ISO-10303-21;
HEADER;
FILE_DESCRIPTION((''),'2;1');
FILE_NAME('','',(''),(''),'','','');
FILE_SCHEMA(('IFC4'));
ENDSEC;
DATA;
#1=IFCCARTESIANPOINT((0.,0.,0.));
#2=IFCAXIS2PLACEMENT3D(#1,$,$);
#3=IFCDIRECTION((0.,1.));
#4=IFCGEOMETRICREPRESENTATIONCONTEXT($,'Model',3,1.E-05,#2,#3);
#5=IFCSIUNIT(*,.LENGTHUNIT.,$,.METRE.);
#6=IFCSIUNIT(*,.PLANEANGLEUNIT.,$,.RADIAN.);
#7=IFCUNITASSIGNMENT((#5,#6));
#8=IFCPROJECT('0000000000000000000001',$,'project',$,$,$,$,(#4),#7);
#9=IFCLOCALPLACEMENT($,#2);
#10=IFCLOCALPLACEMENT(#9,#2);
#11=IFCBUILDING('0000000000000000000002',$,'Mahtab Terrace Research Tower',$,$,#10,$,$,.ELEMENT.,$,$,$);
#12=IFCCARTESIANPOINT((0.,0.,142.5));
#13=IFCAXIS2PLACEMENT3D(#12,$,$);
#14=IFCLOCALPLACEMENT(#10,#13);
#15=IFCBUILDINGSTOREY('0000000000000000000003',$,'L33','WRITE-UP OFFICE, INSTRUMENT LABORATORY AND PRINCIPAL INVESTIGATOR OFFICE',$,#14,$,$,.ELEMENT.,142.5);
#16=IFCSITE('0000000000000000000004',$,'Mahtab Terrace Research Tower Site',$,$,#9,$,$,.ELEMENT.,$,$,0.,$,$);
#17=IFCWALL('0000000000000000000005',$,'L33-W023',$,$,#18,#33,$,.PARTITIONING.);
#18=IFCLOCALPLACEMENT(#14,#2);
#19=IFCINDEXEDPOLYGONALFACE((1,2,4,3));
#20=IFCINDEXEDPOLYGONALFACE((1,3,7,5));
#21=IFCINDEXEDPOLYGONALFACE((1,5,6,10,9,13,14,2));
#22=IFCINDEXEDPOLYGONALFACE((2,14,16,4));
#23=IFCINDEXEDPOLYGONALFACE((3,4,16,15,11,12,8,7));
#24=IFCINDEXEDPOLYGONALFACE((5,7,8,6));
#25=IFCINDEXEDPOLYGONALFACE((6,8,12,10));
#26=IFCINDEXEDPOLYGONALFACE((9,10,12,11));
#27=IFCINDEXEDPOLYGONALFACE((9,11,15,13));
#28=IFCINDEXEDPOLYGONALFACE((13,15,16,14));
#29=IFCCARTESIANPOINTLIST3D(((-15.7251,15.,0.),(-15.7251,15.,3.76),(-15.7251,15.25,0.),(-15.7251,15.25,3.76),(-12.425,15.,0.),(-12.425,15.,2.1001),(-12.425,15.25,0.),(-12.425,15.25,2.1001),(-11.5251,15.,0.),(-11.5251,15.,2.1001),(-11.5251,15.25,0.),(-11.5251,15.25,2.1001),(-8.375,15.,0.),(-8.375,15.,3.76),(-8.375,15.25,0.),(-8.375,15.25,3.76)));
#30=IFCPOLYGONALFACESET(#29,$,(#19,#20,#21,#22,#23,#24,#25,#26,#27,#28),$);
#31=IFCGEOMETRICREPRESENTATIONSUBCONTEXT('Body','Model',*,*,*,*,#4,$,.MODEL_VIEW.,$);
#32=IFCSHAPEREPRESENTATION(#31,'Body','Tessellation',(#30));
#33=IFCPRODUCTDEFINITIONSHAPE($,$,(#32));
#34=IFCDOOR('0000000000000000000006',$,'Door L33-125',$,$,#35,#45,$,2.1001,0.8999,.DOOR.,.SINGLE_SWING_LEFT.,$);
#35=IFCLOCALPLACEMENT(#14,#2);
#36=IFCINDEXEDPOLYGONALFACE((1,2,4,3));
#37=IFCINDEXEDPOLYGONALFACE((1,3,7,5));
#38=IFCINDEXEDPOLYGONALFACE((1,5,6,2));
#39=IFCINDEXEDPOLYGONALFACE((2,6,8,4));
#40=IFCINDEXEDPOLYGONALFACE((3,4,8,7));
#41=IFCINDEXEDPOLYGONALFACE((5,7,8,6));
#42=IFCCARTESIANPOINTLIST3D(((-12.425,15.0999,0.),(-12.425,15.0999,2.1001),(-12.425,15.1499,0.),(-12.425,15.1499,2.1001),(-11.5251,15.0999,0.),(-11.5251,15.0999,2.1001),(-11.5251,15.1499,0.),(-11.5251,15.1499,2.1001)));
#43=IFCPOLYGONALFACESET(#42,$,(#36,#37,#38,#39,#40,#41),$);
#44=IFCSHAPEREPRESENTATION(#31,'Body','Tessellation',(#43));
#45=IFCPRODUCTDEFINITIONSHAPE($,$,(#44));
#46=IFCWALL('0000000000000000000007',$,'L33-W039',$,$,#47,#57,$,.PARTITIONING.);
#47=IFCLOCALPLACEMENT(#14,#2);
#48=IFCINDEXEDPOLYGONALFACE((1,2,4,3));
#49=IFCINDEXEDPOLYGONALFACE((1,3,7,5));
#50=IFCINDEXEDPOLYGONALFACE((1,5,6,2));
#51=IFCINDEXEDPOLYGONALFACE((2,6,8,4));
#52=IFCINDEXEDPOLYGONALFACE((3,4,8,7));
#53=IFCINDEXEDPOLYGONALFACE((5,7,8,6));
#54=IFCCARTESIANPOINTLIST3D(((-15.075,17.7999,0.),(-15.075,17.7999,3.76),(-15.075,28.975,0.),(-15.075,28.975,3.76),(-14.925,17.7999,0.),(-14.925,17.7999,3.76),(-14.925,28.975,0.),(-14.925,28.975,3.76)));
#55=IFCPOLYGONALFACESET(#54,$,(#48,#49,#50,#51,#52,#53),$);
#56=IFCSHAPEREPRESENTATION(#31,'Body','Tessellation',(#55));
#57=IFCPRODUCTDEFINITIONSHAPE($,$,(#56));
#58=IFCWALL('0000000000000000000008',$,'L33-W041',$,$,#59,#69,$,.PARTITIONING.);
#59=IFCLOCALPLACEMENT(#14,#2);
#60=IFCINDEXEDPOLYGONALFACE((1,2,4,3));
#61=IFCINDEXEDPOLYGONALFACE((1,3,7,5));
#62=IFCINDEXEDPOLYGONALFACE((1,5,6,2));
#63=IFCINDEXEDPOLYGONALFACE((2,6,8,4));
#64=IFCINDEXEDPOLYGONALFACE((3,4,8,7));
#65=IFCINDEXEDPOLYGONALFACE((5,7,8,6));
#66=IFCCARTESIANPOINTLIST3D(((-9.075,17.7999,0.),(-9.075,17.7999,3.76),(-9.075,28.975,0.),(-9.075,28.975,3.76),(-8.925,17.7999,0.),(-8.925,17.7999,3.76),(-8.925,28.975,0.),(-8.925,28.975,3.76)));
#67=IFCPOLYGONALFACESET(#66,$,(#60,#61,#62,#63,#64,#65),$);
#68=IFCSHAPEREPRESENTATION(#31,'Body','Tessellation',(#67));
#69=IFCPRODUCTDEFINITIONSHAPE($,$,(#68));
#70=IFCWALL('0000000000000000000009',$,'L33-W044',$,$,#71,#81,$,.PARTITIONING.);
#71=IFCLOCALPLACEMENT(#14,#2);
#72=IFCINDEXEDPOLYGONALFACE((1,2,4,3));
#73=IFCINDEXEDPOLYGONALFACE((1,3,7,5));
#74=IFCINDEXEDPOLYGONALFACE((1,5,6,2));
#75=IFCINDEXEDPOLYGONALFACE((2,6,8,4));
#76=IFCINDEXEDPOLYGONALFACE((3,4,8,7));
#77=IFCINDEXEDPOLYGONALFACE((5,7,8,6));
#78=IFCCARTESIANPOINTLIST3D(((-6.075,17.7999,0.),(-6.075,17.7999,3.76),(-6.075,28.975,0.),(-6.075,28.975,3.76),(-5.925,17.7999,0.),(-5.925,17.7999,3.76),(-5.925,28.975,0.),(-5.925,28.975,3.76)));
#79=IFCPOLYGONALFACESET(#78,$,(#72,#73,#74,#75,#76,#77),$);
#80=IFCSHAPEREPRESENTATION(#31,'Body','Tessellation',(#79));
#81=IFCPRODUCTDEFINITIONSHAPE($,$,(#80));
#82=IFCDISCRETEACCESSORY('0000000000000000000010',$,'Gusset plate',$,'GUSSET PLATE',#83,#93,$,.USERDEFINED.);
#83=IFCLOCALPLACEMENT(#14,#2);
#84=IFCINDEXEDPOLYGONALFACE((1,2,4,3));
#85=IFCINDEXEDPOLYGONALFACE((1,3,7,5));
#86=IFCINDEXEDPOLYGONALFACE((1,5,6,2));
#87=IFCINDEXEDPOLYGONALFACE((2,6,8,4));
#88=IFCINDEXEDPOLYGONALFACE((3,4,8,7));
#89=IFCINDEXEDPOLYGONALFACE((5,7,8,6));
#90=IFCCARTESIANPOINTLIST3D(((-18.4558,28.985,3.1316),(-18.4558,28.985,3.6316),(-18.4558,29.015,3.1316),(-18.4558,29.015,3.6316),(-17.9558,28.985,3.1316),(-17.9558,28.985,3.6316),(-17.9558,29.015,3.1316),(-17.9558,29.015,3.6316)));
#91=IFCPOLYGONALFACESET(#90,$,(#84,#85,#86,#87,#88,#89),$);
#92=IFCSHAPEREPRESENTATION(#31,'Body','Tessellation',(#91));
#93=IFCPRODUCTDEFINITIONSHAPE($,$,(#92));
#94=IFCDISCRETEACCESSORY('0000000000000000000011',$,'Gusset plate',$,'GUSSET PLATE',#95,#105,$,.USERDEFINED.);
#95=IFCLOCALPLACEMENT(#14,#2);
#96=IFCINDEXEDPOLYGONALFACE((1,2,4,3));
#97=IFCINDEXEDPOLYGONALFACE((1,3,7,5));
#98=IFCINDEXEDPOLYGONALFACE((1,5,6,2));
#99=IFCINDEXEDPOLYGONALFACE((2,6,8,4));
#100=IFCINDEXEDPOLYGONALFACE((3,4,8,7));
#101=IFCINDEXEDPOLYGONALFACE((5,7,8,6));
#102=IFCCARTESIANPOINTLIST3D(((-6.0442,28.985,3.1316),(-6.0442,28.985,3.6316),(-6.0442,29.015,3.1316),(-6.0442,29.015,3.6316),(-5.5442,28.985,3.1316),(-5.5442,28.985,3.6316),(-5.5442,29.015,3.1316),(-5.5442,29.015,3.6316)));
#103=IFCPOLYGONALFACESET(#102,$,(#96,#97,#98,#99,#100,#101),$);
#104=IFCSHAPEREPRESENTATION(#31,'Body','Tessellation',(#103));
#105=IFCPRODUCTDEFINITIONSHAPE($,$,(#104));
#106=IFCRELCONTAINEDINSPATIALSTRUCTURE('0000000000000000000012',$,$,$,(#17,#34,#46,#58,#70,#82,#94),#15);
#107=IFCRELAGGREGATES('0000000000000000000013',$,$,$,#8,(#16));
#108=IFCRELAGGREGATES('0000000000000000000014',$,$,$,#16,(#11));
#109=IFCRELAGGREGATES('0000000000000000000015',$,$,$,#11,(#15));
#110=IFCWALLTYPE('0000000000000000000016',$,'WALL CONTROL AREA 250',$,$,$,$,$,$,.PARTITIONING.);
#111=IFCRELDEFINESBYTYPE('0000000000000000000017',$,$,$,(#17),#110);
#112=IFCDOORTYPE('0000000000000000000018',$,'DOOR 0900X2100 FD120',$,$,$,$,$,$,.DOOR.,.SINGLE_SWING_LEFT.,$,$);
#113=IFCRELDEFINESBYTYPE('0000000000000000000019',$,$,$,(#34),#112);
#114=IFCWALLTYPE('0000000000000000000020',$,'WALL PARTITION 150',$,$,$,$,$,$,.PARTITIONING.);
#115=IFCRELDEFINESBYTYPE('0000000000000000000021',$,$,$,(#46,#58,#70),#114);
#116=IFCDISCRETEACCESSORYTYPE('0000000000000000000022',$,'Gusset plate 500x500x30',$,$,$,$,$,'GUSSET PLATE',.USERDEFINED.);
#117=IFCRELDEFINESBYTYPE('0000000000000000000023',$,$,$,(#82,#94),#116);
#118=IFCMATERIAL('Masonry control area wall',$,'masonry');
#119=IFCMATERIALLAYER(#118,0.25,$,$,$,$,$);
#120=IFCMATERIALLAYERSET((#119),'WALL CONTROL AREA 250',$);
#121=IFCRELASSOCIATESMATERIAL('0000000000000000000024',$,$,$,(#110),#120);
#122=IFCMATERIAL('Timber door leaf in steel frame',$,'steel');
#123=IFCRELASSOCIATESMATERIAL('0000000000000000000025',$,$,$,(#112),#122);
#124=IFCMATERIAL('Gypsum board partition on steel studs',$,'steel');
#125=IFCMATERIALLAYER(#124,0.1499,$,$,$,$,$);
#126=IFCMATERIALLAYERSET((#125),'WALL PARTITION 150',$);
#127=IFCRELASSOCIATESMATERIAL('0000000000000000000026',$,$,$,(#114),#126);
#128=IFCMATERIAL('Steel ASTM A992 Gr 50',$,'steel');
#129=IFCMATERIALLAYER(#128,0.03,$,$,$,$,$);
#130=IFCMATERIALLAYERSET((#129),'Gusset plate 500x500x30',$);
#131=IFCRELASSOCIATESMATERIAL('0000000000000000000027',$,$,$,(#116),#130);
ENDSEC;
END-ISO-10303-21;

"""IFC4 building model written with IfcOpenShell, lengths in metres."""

from ifc_helpers import new_model, si_unit, direction, frame, frame_2d, origin, origin_2d, place, context, subcontext, project, spatial, rectangle, extrude, material, layer, layer_set, type_object, element, fill, save


model = new_model("IFC4")

# Units and contexts
model_context = context("Model", 3, precision=1e-05, world=origin(), true_north=direction((0.0, 1.0)))
body_context = subcontext(model_context, "Body", "Model", "MODEL_VIEW")
ifc_project = project(units=[si_unit("LENGTHUNIT", "METRE"), si_unit("PLANEANGLEUNIT", "RADIAN")], contexts=[model_context])

# Site, building, storey
site_placement = place(None, origin())
site = spatial("IfcSite", under=ifc_project, at=site_placement, Name="Mahtab Terrace Research Tower Site", CompositionType="ELEMENT", RefElevation=0.0)
building_placement = place(site_placement, origin())
building = spatial("IfcBuilding", under=site, at=building_placement, Name="Mahtab Terrace Research Tower", CompositionType="ELEMENT")
storey_placement = place(building_placement, frame((0.0, 0.0, 142.5)))
storey = spatial("IfcBuildingStorey", under=building, at=storey_placement, Name="L33", Description="WRITE-UP OFFICE, INSTRUMENT LABORATORY AND PRINCIPAL INVESTIGATOR OFFICE", CompositionType="ELEMENT", Elevation=142.5)

# Shared definitions
ifc_material_1 = material(Name="Steel ASTM A992 Gr 50", Category="steel")

# Shared definitions
ifc_material_2 = material(Name="Masonry control area wall", Category="masonry")
ifc_layer_1 = layer(ifc_material_2, 0.25)
ifc_layer_set_1 = layer_set([ifc_layer_1], Name="WALL CONTROL AREA 250")
wall_type_1 = type_object("IfcWallType", Name="WALL CONTROL AREA 250", PredefinedType="PARTITIONING", material=ifc_layer_set_1)

# Wall, opening, door
wall_1_placement = place(storey_placement, frame((-15.7251, 15.125, 0.0), z_axis=(0.0, 0.0, 1.0), x_axis=(1.0, 0.0, 0.0)))
wall_1 = element("IfcWall", 1, at=wall_1_placement, inside=storey, type_object=wall_type_1, Name="L33-W023", PredefinedType="PARTITIONING", context=body_context, shape_type="SweptSolid", body=[
    extrude(rectangle(XDim=7.3501, YDim=0.25, at=frame_2d((3.675, 0.0))), origin(), (0.0, 0.0, 1.0), 3.76),
])
opening_1_placement = place(wall_1_placement, frame((3.3, 0.0, 0.0)))
opening_1 = element("IfcOpeningElement", 2, at=opening_1_placement, cuts=wall_1, PredefinedType="OPENING", context=body_context, shape_type="SweptSolid", body=[
    extrude(rectangle(XDim=0.8999, YDim=2.1001, at=frame_2d((0.45, 1.05))), frame((0.0, 0.135, 0.0), z_axis=(0.0, -1.0, 0.0), x_axis=(1.0, 0.0, 0.0)), (0.0, 0.0, 1.0), 0.27),
])
ifc_material_3 = material(Name="Timber door leaf in steel frame", Category="steel")
door_type_1 = type_object("IfcDoorType", Name="DOOR 0900X2100 FD120", OperationType="SINGLE_SWING_LEFT", PredefinedType="DOOR", material=ifc_material_3)
door_1_placement = place(opening_1_placement, origin())
door_1 = element("IfcDoor", 3, at=door_1_placement, inside=storey, type_object=door_type_1, Name="Door L33-125", OperationType="SINGLE_SWING_LEFT", OverallHeight=2.1001, OverallWidth=0.8999, PredefinedType="DOOR", context=body_context, shape_type="SweptSolid", body=[
    extrude(rectangle(XDim=0.8999, YDim=2.1001, at=frame_2d((0.45, 1.05))), frame((0.0, 0.0249, 0.0), z_axis=(0.0, -1.0, 0.0), x_axis=(1.0, 0.0, 0.0)), (0.0, 0.0, 1.0), 0.05),
])
fill(opening_1, door_1)

# Walls
ifc_material_4 = material(Name="Gypsum board partition on steel studs", Category="steel")
ifc_layer_2 = layer(ifc_material_4, 0.1499)
ifc_layer_set_2 = layer_set([ifc_layer_2], Name="WALL PARTITION 150")
wall_type_2 = type_object("IfcWallType", Name="WALL PARTITION 150", PredefinedType="PARTITIONING", material=ifc_layer_set_2)
for number, where, z_axis, x_axis, name in (
    (4, (-15.0, 17.8, 0.0), (0.0, 0.0, 1.0), (0.0, 1.0, 0.0), "L33-W039"),
    (5, (-9.0, 17.8, 0.0), (0.0, 0.0, 1.0), (0.0, 1.0, 0.0), "L33-W041"),
    (6, (-6.0, 17.8, 0.0), (0.0, 0.0, 1.0), (0.0, 1.0, 0.0), "L33-W044"),
):
    element("IfcWall", number, at=place(storey_placement, frame(where, z_axis=z_axis, x_axis=x_axis)), inside=storey, type_object=wall_type_2, Name=name, PredefinedType="PARTITIONING", context=body_context, shape_type="SweptSolid", body=[
        extrude(rectangle(XDim=11.175, YDim=0.1499, at=frame_2d((5.5874, 0.0))), origin(), (0.0, 0.0, 1.0), 3.76),
    ])

# Discrete accessories
ifc_layer_3 = layer(ifc_material_1, 0.03)
ifc_layer_set_3 = layer_set([ifc_layer_3], Name="Gusset plate 500x500x30")
discrete_accessory_type = type_object("IfcDiscreteAccessoryType", Name="Gusset plate 500x500x30", ElementType="GUSSET PLATE", PredefinedType="USERDEFINED", material=ifc_layer_set_3)
for number, where, z_axis, x_axis, name in (
    (7, (-18.2058, 29.0, 3.1316), (0.0, 0.0, 1.0), (1.0, 0.0, 0.0), "Gusset plate"),
    (8, (-5.7942, 29.0, 3.1316), (0.0, 0.0, 1.0), (1.0, 0.0, 0.0), "Gusset plate"),
):
    element("IfcDiscreteAccessory", number, at=place(storey_placement, frame(where, z_axis=z_axis, x_axis=x_axis)), inside=storey, type_object=discrete_accessory_type, Name=name, ObjectType="GUSSET PLATE", PredefinedType="USERDEFINED", context=body_context, shape_type="SweptSolid", body=[
        extrude(rectangle(XDim=0.5, YDim=0.03, at=origin_2d()), origin(), (0.0, 0.0, 1.0), 0.5),
    ])

save(model, "model.ifc")
